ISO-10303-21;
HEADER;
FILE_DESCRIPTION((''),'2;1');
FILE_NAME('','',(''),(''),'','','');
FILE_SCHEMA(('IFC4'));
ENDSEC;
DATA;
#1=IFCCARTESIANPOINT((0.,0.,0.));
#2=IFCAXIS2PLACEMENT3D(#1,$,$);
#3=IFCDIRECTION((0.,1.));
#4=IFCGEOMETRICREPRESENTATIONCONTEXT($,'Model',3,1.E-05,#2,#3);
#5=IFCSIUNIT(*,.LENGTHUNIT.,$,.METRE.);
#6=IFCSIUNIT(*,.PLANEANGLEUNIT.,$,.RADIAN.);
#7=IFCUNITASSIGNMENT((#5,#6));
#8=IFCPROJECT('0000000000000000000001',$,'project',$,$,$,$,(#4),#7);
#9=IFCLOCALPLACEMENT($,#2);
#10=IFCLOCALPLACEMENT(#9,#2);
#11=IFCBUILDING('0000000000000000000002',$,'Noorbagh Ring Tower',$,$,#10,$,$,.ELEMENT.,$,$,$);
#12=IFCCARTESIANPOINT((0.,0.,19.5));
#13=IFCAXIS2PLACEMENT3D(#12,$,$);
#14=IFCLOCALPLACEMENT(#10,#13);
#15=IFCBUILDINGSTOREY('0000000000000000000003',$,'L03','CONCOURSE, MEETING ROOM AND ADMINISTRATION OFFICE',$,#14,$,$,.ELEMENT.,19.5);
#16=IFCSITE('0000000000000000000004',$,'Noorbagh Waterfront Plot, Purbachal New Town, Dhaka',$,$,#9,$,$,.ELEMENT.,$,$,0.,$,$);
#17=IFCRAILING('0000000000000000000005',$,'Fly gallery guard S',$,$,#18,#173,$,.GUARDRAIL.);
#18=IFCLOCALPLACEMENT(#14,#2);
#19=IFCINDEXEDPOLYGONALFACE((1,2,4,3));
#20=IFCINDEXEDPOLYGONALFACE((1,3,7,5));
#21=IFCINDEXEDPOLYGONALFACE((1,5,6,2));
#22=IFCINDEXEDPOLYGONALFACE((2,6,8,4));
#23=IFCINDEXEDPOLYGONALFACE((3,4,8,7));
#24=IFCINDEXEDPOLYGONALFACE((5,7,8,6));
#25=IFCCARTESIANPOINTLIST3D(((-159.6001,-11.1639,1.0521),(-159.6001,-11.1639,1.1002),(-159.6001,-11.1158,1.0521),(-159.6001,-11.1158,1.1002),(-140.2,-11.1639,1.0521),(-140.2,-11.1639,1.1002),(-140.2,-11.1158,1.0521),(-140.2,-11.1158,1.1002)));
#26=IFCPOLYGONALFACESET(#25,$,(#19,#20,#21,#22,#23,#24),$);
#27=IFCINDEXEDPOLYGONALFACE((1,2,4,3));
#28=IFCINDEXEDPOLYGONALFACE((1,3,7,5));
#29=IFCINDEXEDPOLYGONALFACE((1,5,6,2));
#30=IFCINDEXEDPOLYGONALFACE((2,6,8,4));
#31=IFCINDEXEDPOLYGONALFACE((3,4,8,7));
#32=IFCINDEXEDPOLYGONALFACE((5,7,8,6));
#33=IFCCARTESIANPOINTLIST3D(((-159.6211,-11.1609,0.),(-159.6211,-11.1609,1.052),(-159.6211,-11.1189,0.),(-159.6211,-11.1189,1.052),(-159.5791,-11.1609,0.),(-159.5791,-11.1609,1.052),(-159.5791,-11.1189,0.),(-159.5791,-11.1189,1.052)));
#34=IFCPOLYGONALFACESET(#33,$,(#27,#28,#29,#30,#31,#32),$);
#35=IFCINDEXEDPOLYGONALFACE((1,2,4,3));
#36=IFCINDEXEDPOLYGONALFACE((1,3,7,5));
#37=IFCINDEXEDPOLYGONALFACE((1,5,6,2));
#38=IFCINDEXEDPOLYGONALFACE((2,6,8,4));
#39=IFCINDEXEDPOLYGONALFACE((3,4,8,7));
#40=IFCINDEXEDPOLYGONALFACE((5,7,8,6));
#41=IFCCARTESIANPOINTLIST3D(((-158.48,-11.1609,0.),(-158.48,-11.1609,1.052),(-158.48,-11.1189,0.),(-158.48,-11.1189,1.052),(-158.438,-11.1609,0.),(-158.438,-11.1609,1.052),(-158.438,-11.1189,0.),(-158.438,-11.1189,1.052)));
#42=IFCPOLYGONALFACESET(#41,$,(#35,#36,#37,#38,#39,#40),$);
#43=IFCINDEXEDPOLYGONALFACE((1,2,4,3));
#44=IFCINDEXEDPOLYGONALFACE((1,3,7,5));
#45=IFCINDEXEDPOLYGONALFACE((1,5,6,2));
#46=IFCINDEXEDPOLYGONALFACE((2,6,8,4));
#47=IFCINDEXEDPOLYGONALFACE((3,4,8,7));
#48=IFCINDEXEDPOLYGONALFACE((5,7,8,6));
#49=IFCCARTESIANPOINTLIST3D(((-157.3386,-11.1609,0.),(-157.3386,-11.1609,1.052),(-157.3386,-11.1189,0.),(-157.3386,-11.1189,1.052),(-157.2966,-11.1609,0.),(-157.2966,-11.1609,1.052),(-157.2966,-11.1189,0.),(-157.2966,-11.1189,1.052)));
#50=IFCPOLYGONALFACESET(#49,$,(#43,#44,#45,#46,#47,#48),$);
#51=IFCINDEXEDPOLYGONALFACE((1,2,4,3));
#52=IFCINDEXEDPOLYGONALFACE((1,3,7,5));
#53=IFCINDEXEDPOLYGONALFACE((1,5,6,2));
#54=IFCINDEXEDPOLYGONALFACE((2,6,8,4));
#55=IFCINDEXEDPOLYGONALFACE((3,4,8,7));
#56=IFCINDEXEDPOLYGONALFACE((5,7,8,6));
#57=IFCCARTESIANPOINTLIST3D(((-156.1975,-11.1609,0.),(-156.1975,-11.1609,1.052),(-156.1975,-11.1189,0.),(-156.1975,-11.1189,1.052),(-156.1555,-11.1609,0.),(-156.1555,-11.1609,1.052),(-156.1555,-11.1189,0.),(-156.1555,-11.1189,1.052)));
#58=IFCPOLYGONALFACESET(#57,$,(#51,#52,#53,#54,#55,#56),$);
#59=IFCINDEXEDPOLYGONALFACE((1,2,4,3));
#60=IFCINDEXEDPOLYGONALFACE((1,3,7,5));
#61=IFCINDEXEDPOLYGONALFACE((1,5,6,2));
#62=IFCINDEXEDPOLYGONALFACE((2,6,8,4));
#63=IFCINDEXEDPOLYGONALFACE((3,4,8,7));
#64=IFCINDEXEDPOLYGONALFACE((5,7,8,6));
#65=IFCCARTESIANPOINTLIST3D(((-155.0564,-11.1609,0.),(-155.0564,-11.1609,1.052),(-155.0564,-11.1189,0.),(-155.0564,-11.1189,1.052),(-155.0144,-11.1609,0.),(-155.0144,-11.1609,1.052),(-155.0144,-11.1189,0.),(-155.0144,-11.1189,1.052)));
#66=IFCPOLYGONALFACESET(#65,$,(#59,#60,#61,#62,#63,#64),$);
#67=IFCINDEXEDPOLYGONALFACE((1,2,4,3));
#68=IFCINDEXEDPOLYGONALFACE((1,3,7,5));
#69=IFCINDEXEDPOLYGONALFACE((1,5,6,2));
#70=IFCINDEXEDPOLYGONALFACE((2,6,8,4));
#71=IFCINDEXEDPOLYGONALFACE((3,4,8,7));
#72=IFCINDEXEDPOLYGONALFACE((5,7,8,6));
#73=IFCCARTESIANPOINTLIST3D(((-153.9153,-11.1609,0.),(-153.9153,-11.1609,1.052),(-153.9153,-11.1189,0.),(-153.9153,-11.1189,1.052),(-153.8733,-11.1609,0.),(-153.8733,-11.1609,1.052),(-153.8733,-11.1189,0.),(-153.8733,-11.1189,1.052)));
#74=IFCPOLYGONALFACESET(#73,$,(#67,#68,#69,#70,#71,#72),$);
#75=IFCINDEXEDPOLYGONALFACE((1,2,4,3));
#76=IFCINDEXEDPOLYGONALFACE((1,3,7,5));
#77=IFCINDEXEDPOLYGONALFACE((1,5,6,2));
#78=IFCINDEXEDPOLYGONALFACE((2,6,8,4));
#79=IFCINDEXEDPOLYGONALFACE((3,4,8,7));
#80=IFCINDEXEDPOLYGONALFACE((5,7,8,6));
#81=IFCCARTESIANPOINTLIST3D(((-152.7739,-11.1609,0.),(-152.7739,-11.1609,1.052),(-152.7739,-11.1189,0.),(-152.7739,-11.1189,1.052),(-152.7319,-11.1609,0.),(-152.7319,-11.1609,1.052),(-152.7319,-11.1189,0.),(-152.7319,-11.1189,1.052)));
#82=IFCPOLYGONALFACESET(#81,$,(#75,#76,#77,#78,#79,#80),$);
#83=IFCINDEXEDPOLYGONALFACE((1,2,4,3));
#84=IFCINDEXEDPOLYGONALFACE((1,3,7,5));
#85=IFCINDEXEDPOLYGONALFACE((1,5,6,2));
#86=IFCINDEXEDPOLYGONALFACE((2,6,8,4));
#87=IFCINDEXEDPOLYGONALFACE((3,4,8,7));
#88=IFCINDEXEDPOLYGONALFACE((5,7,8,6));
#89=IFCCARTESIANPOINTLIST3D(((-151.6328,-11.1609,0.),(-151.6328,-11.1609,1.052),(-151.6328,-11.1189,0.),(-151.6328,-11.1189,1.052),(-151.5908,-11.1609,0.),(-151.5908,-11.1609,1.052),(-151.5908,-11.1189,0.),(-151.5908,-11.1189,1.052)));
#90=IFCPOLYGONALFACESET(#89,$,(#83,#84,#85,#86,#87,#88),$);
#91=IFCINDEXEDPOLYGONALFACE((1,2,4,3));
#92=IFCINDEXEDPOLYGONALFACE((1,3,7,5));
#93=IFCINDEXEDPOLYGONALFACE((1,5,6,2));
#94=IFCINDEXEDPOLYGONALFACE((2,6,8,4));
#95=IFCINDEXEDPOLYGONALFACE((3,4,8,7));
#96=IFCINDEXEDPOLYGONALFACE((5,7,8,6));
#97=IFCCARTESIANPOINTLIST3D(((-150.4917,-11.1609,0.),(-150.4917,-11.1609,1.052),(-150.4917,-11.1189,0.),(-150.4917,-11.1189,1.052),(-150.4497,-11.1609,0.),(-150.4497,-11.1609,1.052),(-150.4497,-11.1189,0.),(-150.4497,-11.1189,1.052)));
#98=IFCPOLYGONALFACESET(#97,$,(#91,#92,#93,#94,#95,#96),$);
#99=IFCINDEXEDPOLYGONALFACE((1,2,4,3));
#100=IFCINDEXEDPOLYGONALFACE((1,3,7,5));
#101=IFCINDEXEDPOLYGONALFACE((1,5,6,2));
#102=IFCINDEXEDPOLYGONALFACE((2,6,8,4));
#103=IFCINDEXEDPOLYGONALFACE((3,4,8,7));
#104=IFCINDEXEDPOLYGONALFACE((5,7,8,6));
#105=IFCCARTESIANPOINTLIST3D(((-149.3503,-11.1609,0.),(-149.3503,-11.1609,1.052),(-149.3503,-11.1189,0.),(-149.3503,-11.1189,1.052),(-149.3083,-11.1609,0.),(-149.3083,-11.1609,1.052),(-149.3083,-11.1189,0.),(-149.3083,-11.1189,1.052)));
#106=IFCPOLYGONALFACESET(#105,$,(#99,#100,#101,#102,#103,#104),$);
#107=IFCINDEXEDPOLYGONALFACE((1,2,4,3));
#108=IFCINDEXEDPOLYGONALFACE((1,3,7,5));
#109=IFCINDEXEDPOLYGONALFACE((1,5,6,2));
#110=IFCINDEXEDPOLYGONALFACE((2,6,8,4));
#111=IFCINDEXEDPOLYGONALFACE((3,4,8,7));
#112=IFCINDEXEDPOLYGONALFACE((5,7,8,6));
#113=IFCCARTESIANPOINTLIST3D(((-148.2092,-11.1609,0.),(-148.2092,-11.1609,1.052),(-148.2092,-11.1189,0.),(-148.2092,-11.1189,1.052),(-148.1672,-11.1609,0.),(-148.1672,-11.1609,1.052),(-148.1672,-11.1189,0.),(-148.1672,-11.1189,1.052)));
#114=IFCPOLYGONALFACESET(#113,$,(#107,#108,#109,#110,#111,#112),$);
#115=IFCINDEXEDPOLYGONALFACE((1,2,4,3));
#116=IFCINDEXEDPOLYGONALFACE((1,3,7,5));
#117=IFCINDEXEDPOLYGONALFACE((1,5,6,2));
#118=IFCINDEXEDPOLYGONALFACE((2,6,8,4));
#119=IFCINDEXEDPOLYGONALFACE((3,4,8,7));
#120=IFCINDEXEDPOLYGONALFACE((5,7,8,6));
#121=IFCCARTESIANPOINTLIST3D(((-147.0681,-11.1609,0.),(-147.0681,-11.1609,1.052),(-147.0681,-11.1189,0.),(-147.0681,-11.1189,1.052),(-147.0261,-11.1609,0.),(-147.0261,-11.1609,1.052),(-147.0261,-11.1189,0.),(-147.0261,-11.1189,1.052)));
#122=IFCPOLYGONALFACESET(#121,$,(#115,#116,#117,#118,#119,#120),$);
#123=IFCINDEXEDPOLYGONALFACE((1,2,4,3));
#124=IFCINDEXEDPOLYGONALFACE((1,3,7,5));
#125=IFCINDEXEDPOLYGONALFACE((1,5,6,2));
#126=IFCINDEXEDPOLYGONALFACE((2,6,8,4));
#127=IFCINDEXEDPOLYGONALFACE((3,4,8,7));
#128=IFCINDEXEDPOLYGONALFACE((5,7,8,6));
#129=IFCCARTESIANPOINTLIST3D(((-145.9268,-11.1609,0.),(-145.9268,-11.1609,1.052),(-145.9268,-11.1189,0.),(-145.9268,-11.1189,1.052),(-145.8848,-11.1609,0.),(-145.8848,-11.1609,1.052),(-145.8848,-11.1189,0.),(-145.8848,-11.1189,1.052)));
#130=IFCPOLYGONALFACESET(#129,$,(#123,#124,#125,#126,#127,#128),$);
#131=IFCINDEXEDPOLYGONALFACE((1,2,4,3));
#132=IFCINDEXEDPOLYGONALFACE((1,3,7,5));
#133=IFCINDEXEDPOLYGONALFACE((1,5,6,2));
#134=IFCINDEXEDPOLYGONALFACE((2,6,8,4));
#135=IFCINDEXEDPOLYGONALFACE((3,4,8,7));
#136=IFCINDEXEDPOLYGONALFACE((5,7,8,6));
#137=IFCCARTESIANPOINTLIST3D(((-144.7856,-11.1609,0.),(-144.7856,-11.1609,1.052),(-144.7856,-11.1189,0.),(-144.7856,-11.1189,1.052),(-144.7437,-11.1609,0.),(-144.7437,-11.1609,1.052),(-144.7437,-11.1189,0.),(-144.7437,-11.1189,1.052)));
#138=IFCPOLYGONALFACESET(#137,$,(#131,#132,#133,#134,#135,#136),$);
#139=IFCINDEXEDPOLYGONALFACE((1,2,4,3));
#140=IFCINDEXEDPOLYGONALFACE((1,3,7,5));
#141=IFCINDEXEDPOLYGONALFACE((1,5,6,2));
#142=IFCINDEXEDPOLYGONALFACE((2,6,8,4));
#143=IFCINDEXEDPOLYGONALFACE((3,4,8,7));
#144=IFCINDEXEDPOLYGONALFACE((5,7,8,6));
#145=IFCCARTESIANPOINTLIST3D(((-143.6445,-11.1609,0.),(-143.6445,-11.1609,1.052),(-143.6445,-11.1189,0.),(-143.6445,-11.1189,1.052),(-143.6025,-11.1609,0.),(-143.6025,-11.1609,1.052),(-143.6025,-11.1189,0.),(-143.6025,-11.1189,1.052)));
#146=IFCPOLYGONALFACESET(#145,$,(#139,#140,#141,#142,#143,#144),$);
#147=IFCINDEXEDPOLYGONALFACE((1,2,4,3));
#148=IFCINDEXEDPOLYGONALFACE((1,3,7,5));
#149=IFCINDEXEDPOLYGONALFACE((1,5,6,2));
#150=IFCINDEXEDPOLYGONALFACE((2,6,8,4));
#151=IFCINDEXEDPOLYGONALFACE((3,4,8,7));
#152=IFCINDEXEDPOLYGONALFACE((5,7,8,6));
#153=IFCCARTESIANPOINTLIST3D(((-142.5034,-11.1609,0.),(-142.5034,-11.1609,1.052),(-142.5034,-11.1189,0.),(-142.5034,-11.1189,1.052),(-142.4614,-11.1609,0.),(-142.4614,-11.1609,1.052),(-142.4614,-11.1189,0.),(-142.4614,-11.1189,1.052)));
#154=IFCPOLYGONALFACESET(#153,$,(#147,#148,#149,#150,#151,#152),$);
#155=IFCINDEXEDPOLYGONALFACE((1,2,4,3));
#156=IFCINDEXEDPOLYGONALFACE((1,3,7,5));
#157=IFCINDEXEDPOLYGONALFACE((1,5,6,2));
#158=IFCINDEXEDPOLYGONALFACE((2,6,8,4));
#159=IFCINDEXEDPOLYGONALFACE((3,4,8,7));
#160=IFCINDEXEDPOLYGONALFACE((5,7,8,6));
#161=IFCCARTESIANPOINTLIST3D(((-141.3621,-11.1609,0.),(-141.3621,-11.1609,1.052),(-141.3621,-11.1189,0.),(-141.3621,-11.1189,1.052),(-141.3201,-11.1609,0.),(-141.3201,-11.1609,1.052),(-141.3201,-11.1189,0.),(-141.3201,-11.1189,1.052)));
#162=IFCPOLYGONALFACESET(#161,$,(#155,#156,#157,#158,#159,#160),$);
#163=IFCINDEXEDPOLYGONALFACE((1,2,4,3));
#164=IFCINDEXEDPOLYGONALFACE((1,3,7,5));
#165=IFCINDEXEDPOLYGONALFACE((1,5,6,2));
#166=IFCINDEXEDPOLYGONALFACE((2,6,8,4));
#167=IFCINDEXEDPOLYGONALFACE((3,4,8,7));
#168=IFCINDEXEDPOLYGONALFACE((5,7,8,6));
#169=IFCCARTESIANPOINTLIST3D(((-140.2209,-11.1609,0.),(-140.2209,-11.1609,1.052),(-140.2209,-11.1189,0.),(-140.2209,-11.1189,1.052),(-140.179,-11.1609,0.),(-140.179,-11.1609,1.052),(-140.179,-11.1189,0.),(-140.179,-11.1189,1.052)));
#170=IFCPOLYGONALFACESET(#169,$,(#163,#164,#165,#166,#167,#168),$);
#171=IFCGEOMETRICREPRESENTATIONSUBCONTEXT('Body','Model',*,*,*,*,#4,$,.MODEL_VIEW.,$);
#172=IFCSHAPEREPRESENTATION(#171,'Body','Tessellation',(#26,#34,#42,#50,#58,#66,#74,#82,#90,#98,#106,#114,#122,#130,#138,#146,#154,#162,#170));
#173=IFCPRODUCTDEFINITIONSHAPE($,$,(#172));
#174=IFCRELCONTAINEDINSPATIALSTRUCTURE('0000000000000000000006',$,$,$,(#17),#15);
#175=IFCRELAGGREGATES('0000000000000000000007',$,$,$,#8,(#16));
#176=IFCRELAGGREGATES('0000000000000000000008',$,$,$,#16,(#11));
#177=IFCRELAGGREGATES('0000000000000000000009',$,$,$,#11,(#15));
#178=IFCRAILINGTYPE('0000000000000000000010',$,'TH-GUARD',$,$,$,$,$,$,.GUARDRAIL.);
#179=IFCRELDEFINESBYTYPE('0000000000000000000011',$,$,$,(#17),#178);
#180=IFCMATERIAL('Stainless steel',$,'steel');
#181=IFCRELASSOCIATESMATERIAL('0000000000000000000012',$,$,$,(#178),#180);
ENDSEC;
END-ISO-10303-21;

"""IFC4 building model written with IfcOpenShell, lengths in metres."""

from ifc_helpers import new_model, si_unit, direction, frame, origin, origin_2d, place, context, subcontext, project, spatial, rectangle, extrude, material, type_object, element, save


model = new_model("IFC4")

# Units and contexts
model_context = context("Model", 3, precision=1e-05, world=origin(), true_north=direction((0.0, 1.0)))
body_context = subcontext(model_context, "Body", "Model", "MODEL_VIEW")
ifc_project = project(units=[si_unit("LENGTHUNIT", "METRE"), si_unit("PLANEANGLEUNIT", "RADIAN")], contexts=[model_context])

# Site, building, storey
site_placement = place(None, origin())
site = spatial("IfcSite", under=ifc_project, at=site_placement, Name="Noorbagh Waterfront Plot, Purbachal New Town, Dhaka", CompositionType="ELEMENT", RefElevation=0.0)
building_placement = place(site_placement, origin())
building = spatial("IfcBuilding", under=site, at=building_placement, Name="Noorbagh Ring Tower", CompositionType="ELEMENT")
storey_placement = place(building_placement, frame((0.0, 0.0, 19.5)))
storey = spatial("IfcBuildingStorey", under=building, at=storey_placement, Name="L03", Description="CONCOURSE, MEETING ROOM AND ADMINISTRATION OFFICE", CompositionType="ELEMENT", Elevation=19.5)

# Railing
ifc_material_1 = material(Name="Stainless steel", Category="steel")
railing_type = type_object("IfcRailingType", Name="TH-GUARD", PredefinedType="GUARDRAIL", material=ifc_material_1)
railing_placement = place(storey_placement, frame((-159.6001, -11.1399, 0.0)))
element("IfcRailing", 1, at=railing_placement, inside=storey, type_object=railing_type, Name="Fly gallery guard S", PredefinedType="GUARDRAIL", context=body_context, shape_type="SweptSolid", body=[
    extrude(rectangle(XDim=0.0481, YDim=0.0481, at=origin_2d()), frame((0.0, 0.0, 1.0762), z_axis=(1.0, 0.0, 0.0), x_axis=(0.0, 1.0, 0.0)), (0.0, 0.0, 1.0), 19.4001),
    extrude(rectangle(XDim=0.042, YDim=0.042, at=origin_2d()), origin(), (0.0, 0.0, 1.0), 1.052),
    extrude(rectangle(XDim=0.042, YDim=0.042, at=origin_2d()), frame((1.1411, 0.0, 0.0)), (0.0, 0.0, 1.0), 1.052),
    extrude(rectangle(XDim=0.042, YDim=0.042, at=origin_2d()), frame((2.2825, 0.0, 0.0)), (0.0, 0.0, 1.0), 1.052),
    extrude(rectangle(XDim=0.042, YDim=0.042, at=origin_2d()), frame((3.4236, 0.0, 0.0)), (0.0, 0.0, 1.0), 1.052),
    extrude(rectangle(XDim=0.042, YDim=0.042, at=origin_2d()), frame((4.5647, 0.0, 0.0)), (0.0, 0.0, 1.0), 1.052),
    extrude(rectangle(XDim=0.042, YDim=0.042, at=origin_2d()), frame((5.7058, 0.0, 0.0)), (0.0, 0.0, 1.0), 1.052),
    extrude(rectangle(XDim=0.042, YDim=0.042, at=origin_2d()), frame((6.8472, 0.0, 0.0)), (0.0, 0.0, 1.0), 1.052),
    extrude(rectangle(XDim=0.042, YDim=0.042, at=origin_2d()), frame((7.9883, 0.0, 0.0)), (0.0, 0.0, 1.0), 1.052),
    extrude(rectangle(XDim=0.042, YDim=0.042, at=origin_2d()), frame((9.1294, 0.0, 0.0)), (0.0, 0.0, 1.0), 1.052),
    extrude(rectangle(XDim=0.042, YDim=0.042, at=origin_2d()), frame((10.2708, 0.0, 0.0)), (0.0, 0.0, 1.0), 1.052),
    extrude(rectangle(XDim=0.042, YDim=0.042, at=origin_2d()), frame((11.4119, 0.0, 0.0)), (0.0, 0.0, 1.0), 1.052),
    extrude(rectangle(XDim=0.042, YDim=0.042, at=origin_2d()), frame((12.553, 0.0, 0.0)), (0.0, 0.0, 1.0), 1.052),
    extrude(rectangle(XDim=0.042, YDim=0.042, at=origin_2d()), frame((13.6943, 0.0, 0.0)), (0.0, 0.0, 1.0), 1.052),
    extrude(rectangle(XDim=0.042, YDim=0.042, at=origin_2d()), frame((14.8354, 0.0, 0.0)), (0.0, 0.0, 1.0), 1.052),
    extrude(rectangle(XDim=0.042, YDim=0.042, at=origin_2d()), frame((15.9766, 0.0, 0.0)), (0.0, 0.0, 1.0), 1.052),
    extrude(rectangle(XDim=0.042, YDim=0.042, at=origin_2d()), frame((17.1177, 0.0, 0.0)), (0.0, 0.0, 1.0), 1.052),
    extrude(rectangle(XDim=0.042, YDim=0.042, at=origin_2d()), frame((18.259, 0.0, 0.0)), (0.0, 0.0, 1.0), 1.052),
    extrude(rectangle(XDim=0.042, YDim=0.042, at=origin_2d()), frame((19.4001, 0.0, 0.0)), (0.0, 0.0, 1.0), 1.052),
])

save(model, "model.ifc")
